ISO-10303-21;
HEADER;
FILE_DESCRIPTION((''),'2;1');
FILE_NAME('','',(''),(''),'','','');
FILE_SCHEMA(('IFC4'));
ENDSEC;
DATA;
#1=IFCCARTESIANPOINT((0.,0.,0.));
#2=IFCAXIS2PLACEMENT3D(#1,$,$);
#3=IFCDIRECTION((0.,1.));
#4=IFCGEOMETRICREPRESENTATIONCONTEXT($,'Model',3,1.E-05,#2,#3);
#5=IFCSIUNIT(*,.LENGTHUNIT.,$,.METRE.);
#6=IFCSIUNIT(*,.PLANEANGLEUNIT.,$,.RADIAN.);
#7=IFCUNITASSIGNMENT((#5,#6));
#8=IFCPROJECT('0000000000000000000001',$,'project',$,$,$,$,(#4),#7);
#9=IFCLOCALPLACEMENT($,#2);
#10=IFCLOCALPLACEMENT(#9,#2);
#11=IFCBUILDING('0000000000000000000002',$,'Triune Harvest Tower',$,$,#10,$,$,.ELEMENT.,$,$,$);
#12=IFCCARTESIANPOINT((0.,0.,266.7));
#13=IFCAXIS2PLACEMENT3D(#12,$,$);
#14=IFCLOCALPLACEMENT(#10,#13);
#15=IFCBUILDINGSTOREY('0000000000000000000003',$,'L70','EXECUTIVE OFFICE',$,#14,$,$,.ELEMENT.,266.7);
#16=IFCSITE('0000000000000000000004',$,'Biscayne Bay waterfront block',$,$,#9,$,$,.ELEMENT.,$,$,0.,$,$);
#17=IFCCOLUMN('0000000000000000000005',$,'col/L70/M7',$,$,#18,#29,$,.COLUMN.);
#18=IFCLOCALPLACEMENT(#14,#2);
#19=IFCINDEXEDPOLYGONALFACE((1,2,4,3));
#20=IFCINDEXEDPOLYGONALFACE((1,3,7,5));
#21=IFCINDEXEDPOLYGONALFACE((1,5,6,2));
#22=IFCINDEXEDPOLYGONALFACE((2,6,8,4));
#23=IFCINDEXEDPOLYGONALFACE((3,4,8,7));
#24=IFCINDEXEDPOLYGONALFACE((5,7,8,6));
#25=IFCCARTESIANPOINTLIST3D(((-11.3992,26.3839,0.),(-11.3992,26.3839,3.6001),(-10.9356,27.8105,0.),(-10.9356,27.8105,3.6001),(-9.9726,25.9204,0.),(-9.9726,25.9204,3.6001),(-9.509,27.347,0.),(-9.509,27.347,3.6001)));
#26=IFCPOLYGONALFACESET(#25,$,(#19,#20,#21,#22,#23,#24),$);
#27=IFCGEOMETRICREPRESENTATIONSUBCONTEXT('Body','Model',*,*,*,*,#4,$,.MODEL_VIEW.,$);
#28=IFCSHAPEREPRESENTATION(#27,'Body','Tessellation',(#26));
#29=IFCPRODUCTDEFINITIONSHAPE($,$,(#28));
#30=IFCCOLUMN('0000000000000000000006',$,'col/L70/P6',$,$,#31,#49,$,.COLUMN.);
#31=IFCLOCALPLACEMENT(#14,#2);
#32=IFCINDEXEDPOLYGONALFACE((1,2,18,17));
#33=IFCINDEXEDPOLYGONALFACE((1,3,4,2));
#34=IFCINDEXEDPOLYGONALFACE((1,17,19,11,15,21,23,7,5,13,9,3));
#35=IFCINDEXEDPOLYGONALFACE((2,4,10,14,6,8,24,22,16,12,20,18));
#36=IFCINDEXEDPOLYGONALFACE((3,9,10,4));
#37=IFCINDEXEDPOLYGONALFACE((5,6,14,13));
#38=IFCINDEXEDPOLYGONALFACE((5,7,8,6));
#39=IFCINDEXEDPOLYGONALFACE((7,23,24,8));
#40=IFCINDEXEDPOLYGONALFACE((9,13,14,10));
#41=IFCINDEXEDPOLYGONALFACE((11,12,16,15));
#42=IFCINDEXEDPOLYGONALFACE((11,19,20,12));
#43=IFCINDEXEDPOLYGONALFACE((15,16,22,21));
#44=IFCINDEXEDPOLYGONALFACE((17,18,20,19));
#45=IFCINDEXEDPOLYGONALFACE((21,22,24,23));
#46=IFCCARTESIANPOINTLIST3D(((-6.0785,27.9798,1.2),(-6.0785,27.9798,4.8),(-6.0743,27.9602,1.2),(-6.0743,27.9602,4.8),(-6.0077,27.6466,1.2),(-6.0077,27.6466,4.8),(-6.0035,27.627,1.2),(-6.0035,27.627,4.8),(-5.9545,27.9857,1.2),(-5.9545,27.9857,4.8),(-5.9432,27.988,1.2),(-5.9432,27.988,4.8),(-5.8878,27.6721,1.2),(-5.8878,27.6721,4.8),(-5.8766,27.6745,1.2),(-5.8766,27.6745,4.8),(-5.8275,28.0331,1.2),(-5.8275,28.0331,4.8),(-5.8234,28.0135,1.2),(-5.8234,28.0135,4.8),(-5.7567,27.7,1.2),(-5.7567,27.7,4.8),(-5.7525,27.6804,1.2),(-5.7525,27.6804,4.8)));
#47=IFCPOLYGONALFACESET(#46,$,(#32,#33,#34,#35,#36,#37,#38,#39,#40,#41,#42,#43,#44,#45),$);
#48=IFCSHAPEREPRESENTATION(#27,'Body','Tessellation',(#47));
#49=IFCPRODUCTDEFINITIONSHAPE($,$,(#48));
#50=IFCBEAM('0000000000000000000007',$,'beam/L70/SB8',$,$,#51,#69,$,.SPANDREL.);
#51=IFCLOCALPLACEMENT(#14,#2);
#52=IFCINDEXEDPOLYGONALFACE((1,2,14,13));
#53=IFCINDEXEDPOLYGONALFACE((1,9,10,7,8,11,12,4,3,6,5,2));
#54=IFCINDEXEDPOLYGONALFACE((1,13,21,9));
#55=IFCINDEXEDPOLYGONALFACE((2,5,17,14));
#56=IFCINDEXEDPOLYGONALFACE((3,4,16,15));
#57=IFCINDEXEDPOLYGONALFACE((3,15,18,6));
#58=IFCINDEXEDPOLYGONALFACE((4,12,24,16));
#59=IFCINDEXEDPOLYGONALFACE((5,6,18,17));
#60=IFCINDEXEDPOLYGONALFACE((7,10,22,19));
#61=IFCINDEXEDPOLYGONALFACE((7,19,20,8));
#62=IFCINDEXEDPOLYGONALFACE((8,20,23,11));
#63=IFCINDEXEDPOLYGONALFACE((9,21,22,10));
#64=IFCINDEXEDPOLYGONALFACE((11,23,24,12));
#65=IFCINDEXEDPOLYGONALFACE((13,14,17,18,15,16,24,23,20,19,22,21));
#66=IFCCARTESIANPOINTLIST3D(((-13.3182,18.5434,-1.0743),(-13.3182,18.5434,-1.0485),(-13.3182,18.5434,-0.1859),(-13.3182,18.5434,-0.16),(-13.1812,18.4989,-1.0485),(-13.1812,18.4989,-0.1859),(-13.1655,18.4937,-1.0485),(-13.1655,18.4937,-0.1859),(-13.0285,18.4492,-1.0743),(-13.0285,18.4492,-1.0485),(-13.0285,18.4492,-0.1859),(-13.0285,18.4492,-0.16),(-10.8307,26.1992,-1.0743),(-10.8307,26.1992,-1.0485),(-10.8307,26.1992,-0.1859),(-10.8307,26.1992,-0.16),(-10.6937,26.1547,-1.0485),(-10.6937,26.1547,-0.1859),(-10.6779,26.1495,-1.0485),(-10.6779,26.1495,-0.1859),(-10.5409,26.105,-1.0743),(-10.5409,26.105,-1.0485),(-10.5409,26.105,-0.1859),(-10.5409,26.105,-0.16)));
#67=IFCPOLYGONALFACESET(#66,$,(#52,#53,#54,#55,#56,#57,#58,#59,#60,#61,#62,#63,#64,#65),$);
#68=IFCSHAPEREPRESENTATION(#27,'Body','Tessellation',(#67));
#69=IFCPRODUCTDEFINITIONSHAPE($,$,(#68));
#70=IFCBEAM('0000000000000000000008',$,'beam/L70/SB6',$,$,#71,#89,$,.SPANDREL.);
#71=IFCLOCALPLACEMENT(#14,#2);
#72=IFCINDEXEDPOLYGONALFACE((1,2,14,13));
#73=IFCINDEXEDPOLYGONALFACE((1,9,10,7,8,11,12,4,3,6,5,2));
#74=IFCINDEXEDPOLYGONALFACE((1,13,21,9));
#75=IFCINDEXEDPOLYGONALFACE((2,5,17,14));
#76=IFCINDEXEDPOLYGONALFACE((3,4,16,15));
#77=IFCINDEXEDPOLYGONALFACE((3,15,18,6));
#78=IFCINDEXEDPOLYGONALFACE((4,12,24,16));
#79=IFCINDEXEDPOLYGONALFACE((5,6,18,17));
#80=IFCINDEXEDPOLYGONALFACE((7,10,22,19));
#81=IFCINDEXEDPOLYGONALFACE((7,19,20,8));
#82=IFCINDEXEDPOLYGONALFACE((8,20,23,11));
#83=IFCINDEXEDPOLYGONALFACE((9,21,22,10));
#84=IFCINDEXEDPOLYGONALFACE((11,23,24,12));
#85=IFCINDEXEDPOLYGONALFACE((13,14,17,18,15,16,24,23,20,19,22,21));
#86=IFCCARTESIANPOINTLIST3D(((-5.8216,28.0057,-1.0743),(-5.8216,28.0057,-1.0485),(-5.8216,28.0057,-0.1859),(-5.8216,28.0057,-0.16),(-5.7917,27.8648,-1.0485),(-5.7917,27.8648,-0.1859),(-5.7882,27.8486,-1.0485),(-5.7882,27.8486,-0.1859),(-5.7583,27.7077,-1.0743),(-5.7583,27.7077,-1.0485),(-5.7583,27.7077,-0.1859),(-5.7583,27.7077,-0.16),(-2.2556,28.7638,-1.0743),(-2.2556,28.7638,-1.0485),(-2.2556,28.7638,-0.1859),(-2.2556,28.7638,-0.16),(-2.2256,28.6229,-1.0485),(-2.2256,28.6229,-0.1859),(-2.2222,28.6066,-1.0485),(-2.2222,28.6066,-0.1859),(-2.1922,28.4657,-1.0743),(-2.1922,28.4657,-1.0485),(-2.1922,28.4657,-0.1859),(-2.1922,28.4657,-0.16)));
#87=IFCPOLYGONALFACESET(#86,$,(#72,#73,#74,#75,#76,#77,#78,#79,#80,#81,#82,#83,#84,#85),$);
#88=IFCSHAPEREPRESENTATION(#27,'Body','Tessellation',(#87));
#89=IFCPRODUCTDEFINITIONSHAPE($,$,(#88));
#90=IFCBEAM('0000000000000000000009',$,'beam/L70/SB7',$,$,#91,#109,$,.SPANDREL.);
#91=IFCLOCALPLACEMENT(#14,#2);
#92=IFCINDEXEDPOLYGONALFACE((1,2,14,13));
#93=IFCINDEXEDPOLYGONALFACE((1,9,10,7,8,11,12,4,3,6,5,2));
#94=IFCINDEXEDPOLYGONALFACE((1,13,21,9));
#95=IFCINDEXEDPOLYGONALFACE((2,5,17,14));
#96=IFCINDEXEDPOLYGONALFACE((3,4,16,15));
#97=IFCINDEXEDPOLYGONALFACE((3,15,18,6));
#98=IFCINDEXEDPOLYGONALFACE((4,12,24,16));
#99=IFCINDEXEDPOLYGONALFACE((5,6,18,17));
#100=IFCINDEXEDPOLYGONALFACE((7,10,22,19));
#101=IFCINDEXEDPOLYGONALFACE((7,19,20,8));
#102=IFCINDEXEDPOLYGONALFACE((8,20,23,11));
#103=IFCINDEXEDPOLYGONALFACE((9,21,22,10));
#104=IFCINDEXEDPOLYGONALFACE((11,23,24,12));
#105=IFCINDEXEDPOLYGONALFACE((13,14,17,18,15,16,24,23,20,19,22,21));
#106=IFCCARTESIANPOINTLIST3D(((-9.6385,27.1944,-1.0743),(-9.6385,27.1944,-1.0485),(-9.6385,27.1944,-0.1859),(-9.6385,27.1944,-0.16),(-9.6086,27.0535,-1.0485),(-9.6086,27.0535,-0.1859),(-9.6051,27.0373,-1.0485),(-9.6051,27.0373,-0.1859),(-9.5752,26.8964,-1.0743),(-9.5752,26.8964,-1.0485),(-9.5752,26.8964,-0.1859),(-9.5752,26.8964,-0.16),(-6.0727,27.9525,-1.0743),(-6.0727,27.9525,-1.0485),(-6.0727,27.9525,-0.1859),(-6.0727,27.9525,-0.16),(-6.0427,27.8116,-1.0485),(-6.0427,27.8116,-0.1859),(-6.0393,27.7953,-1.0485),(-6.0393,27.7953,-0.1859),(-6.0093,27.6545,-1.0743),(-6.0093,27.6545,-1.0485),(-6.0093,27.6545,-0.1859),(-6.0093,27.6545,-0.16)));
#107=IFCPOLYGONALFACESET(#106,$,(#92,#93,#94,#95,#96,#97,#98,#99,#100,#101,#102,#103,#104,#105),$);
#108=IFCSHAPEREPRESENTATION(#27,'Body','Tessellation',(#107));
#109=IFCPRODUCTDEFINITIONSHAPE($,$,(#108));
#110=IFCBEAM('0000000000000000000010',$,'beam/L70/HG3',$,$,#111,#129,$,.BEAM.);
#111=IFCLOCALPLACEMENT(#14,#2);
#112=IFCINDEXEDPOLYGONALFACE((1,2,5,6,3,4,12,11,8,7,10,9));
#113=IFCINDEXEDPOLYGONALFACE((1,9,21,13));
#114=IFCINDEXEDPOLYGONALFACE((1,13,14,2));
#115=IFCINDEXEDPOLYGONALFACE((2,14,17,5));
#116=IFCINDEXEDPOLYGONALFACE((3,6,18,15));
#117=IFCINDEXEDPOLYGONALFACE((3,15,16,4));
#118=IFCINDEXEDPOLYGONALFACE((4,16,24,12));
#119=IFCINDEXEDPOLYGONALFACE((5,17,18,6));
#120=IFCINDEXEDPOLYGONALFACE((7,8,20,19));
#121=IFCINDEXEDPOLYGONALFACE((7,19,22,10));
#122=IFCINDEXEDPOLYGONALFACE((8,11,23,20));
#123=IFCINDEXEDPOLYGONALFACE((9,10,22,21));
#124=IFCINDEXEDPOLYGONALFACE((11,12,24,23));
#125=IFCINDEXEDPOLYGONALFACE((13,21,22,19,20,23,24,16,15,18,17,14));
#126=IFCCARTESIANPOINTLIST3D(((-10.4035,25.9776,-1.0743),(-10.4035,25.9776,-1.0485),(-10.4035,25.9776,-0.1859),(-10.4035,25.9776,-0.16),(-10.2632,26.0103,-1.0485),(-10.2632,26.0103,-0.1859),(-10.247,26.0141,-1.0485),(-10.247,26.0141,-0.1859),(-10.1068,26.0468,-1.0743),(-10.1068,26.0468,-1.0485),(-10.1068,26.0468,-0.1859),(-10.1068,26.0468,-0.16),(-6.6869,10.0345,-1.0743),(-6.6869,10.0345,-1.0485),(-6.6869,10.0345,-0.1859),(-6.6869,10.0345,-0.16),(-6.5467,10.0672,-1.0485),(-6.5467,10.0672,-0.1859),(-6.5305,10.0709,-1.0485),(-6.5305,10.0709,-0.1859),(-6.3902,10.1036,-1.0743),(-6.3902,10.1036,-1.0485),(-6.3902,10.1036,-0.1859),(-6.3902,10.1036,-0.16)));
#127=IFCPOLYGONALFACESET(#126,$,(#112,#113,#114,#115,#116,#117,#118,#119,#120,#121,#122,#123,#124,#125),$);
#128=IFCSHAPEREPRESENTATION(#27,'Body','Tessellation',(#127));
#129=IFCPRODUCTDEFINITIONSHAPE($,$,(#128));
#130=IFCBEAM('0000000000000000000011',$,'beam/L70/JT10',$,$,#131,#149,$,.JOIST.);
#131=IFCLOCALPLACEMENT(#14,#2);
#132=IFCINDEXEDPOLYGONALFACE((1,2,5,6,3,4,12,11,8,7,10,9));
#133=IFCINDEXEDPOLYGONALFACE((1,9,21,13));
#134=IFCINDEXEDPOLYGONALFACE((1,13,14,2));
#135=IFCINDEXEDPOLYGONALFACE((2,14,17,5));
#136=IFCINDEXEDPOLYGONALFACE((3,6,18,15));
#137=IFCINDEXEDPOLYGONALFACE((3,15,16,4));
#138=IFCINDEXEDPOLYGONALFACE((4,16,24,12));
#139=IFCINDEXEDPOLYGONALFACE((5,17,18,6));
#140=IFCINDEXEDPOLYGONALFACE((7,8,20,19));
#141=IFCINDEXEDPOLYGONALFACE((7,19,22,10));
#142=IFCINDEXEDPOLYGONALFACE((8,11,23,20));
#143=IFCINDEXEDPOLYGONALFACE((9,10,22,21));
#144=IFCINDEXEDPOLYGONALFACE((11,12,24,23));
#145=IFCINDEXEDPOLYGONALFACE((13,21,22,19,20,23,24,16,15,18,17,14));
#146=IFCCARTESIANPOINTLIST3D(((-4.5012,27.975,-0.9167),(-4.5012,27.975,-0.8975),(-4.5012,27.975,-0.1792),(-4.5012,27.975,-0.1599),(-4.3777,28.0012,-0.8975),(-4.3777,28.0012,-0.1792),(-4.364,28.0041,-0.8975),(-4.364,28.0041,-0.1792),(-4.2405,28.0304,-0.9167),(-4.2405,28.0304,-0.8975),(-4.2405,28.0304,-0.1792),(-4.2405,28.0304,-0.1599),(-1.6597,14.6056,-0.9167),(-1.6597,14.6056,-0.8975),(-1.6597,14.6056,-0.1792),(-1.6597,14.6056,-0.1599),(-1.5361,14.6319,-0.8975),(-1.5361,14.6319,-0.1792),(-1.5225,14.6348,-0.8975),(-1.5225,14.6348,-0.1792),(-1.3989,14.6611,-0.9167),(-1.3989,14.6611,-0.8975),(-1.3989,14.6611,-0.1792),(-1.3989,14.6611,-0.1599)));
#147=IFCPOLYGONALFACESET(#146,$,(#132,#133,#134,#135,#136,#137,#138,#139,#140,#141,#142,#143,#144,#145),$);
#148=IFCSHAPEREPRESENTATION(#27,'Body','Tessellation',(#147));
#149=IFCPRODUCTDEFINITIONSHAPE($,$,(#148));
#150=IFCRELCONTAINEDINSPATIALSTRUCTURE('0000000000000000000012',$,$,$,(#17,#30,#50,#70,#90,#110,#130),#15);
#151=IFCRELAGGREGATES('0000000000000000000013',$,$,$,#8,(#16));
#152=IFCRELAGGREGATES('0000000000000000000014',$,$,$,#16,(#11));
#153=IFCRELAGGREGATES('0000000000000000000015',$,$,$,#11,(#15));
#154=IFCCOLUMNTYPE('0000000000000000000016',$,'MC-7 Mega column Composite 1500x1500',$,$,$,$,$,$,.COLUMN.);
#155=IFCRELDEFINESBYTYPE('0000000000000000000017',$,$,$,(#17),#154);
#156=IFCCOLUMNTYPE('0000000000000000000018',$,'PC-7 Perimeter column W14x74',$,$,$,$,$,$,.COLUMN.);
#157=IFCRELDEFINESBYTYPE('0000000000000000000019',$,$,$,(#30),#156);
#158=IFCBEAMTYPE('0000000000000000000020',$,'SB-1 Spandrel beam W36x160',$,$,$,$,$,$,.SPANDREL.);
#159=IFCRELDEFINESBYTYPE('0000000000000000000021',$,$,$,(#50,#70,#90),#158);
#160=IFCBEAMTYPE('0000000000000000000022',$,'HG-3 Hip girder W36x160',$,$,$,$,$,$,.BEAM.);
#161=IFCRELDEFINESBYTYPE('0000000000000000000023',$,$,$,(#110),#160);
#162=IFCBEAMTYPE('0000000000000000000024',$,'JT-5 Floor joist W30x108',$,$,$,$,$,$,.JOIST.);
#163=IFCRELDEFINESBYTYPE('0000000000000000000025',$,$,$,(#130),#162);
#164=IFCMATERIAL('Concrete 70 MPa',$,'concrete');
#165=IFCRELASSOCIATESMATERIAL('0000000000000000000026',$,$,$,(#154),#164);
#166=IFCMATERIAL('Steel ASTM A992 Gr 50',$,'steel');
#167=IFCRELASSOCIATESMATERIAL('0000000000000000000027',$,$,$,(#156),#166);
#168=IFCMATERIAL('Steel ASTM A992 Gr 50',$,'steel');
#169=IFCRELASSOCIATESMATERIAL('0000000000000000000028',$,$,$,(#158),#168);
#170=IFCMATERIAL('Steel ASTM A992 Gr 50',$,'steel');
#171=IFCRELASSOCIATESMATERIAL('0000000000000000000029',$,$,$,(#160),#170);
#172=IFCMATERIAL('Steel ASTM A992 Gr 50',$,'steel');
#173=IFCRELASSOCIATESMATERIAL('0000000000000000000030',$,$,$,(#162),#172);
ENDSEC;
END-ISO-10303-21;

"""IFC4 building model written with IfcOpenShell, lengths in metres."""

from ifc_helpers import new_model, si_unit, direction, frame, origin, origin_2d, place, context, subcontext, project, spatial, rectangle, i_section, extrude, source, transform, mapped, material, material_profile, profile_set, type_object, element, save


model = new_model("IFC4")

# Units and contexts
model_context = context("Model", 3, precision=1e-05, world=origin(), true_north=direction((0.0, 1.0)))
body_context = subcontext(model_context, "Body", "Model", "MODEL_VIEW")
ifc_project = project(units=[si_unit("LENGTHUNIT", "METRE"), si_unit("PLANEANGLEUNIT", "RADIAN")], contexts=[model_context])

# Site, building, storey
site_placement = place(None, origin())
site = spatial("IfcSite", under=ifc_project, at=site_placement, Name="Biscayne Bay waterfront block", CompositionType="ELEMENT", RefElevation=0.0)
building_placement = place(site_placement, origin())
building = spatial("IfcBuilding", under=site, at=building_placement, Name="Triune Harvest Tower", CompositionType="ELEMENT")
storey_placement = place(building_placement, frame((0.0, 0.0, 266.7)))
storey = spatial("IfcBuildingStorey", under=building, at=storey_placement, Name="L70", Description="EXECUTIVE OFFICE", CompositionType="ELEMENT", Elevation=266.7)

# Columns
ifc_material_1 = material(Name="Concrete 70 MPa", Category="concrete")
ifc_material_profile_1 = material_profile(ifc_material_1, rectangle(XDim=1.5, YDim=1.5, at=origin_2d()), Name="Composite 1500x1500")
ifc_profile_set_1 = profile_set([ifc_material_profile_1], Name="Concrete 70 MPa")
column_type_1 = type_object("IfcColumnType", Name="MC-7 Mega column Composite 1500x1500", PredefinedType="COLUMN", material=ifc_profile_set_1)
shared_shape_1 = source(origin(), body_context, "Body", "SweptSolid", [
    extrude(rectangle(XDim=1.5, YDim=1.5, at=origin_2d()), origin(), (0.0, 0.0, 1.0), 3.6001),
])
column_1_placement = place(storey_placement, frame((-10.4541, 26.8655, 0.0), z_axis=(0.0, 0.0, 1.0), x_axis=(-0.309015, -0.951057, 0.0)))
element("IfcColumn", 1, at=column_1_placement, inside=storey, type_object=column_type_1, Name="col/L70/M7", PredefinedType="COLUMN", context=body_context, shape_type="MappedRepresentation", body=[
    mapped(shared_shape_1, transform((0.0, 0.0, 0.0), scale=1.0)),
])
ifc_material_2 = material(Name="Steel ASTM A992 Gr 50", Category="steel")
ifc_material_profile_2 = material_profile(ifc_material_2, i_section(OverallWidth=0.2566, OverallDepth=0.3606, WebThickness=0.0115, FlangeThickness=0.02, at=origin_2d()), Name="W14x74")
ifc_profile_set_2 = profile_set([ifc_material_profile_2], Name="Steel ASTM A992 Gr 50")
column_type_2 = type_object("IfcColumnType", Name="PC-7 Perimeter column W14x74", PredefinedType="COLUMN", material=ifc_profile_set_2)
shared_shape_2 = source(origin(), body_context, "Body", "SweptSolid", [
    extrude(i_section(OverallWidth=0.2566, OverallDepth=0.3606, WebThickness=0.0115, FlangeThickness=0.02, at=origin_2d()), origin(), (0.0, 0.0, 1.0), 3.6001),
])
column_2_placement = place(storey_placement, frame((-5.9155, 27.8301, 1.2), z_axis=(0.0, 0.0, 1.0), x_axis=(-0.978148, -0.207912, 0.0)))
element("IfcColumn", 2, at=column_2_placement, inside=storey, type_object=column_type_2, Name="col/L70/P6", PredefinedType="COLUMN", context=body_context, shape_type="MappedRepresentation", body=[
    mapped(shared_shape_2, transform((0.0, 0.0, 0.0), scale=1.0)),
])

# Beams
ifc_material_3 = material(Name="Steel ASTM A992 Gr 50", Category="steel")
ifc_material_profile_3 = material_profile(ifc_material_3, i_section(OverallWidth=0.3047, OverallDepth=0.9143, WebThickness=0.0166, FlangeThickness=0.0259, at=origin_2d()), Name="W36x160")
ifc_profile_set_3 = profile_set([ifc_material_profile_3], Name="Steel ASTM A992 Gr 50")
beam_type_1 = type_object("IfcBeamType", Name="SB-1 Spandrel beam W36x160", PredefinedType="SPANDREL", material=ifc_profile_set_3)
shared_shape_3 = source(origin(), body_context, "Body", "SweptSolid", [
    extrude(i_section(OverallWidth=0.3047, OverallDepth=0.9143, WebThickness=0.0166, FlangeThickness=0.0259, at=origin_2d()), origin(), (0.0, 0.0, 1.0), 8.0498),
])
beam_1_placement = place(storey_placement, frame((-10.6858, 26.1521, -0.6172), z_axis=(-0.309022, -0.951055, 0.0), x_axis=(0.951055, -0.309022, 0.0)))
element("IfcBeam", 3, at=beam_1_placement, inside=storey, type_object=beam_type_1, Name="beam/L70/SB8", PredefinedType="SPANDREL", context=body_context, shape_type="MappedRepresentation", body=[
    mapped(shared_shape_3, transform((0.0, 0.0, 0.0), scale=1.0)),
])
shared_shape_4 = source(origin(), body_context, "Body", "SweptSolid", [
    extrude(i_section(OverallWidth=0.3047, OverallDepth=0.9143, WebThickness=0.0166, FlangeThickness=0.0259, at=origin_2d()), origin(), (0.0, 0.0, 1.0), 3.6458),
])
beam_2_placement = place(storey_placement, frame((-2.2239, 28.6147, -0.6172), z_axis=(-0.978145, -0.207924, 0.0), x_axis=(0.207924, -0.978145, 0.0)))
element("IfcBeam", 4, at=beam_2_placement, inside=storey, type_object=beam_type_1, Name="beam/L70/SB6", PredefinedType="SPANDREL", context=body_context, shape_type="MappedRepresentation", body=[
    mapped(shared_shape_4, transform((0.0, 0.0, 0.0), scale=1.0)),
])
shared_shape_5 = source(origin(), body_context, "Body", "SweptSolid", [
    extrude(i_section(OverallWidth=0.3047, OverallDepth=0.9143, WebThickness=0.0166, FlangeThickness=0.0259, at=origin_2d()), origin(), (0.0, 0.0, 1.0), 3.6455),
])
beam_3_placement = place(storey_placement, frame((-6.041, 27.8035, -0.6172), z_axis=(-0.978142, -0.207937, 0.0), x_axis=(0.207937, -0.978142, 0.0)))
element("IfcBeam", 5, at=beam_3_placement, inside=storey, type_object=beam_type_1, Name="beam/L70/SB7", PredefinedType="SPANDREL", context=body_context, shape_type="MappedRepresentation", body=[
    mapped(shared_shape_5, transform((0.0, 0.0, 0.0), scale=1.0)),
])
ifc_material_4 = material(Name="Steel ASTM A992 Gr 50", Category="steel")
ifc_material_profile_4 = material_profile(ifc_material_4, i_section(OverallWidth=0.3047, OverallDepth=0.9143, WebThickness=0.0166, FlangeThickness=0.0259, at=origin_2d()), Name="W36x160")
ifc_profile_set_4 = profile_set([ifc_material_profile_4], Name="Steel ASTM A992 Gr 50")
beam_type_2 = type_object("IfcBeamType", Name="HG-3 Hip girder W36x160", PredefinedType="BEAM", material=ifc_profile_set_4)
shared_shape_6 = source(origin(), body_context, "Body", "SweptSolid", [
    extrude(i_section(OverallWidth=0.3047, OverallDepth=0.9143, WebThickness=0.0166, FlangeThickness=0.0259, at=origin_2d()), origin(), (0.0, 0.0, 1.0), 16.3706),
])
beam_4_placement = place(storey_placement, frame((-10.2551, 26.0122, -0.6172), z_axis=(0.227026, -0.973889, 0.0), x_axis=(0.973889, 0.227026, 0.0)))
element("IfcBeam", 6, at=beam_4_placement, inside=storey, type_object=beam_type_2, Name="beam/L70/HG3", PredefinedType="BEAM", context=body_context, shape_type="MappedRepresentation", body=[
    mapped(shared_shape_6, transform((0.0, 0.0, 0.0), scale=1.0)),
])
ifc_material_5 = material(Name="Steel ASTM A992 Gr 50", Category="steel")
ifc_material_profile_5 = material_profile(ifc_material_5, i_section(OverallWidth=0.2666, OverallDepth=0.7568, WebThickness=0.0139, FlangeThickness=0.0193, at=origin_2d()), Name="W30x108")
ifc_profile_set_5 = profile_set([ifc_material_profile_5], Name="Steel ASTM A992 Gr 50")
beam_type_3 = type_object("IfcBeamType", Name="JT-5 Floor joist W30x108", PredefinedType="JOIST", material=ifc_profile_set_5)
shared_shape_7 = source(origin(), body_context, "Body", "SweptSolid", [
    extrude(i_section(OverallWidth=0.2666, OverallDepth=0.7568, WebThickness=0.0139, FlangeThickness=0.0193, at=origin_2d()), origin(), (0.0, 0.0, 1.0), 13.668),
])
beam_5_placement = place(storey_placement, frame((-4.3708, 28.0027, -0.5383), z_axis=(0.207898, -0.978151, 0.0), x_axis=(0.978151, 0.207898, 0.0)))
element("IfcBeam", 7, at=beam_5_placement, inside=storey, type_object=beam_type_3, Name="beam/L70/JT10", PredefinedType="JOIST", context=body_context, shape_type="MappedRepresentation", body=[
    mapped(shared_shape_7, transform((0.0, 0.0, 0.0), scale=1.0)),
])

save(model, "model.ifc")
